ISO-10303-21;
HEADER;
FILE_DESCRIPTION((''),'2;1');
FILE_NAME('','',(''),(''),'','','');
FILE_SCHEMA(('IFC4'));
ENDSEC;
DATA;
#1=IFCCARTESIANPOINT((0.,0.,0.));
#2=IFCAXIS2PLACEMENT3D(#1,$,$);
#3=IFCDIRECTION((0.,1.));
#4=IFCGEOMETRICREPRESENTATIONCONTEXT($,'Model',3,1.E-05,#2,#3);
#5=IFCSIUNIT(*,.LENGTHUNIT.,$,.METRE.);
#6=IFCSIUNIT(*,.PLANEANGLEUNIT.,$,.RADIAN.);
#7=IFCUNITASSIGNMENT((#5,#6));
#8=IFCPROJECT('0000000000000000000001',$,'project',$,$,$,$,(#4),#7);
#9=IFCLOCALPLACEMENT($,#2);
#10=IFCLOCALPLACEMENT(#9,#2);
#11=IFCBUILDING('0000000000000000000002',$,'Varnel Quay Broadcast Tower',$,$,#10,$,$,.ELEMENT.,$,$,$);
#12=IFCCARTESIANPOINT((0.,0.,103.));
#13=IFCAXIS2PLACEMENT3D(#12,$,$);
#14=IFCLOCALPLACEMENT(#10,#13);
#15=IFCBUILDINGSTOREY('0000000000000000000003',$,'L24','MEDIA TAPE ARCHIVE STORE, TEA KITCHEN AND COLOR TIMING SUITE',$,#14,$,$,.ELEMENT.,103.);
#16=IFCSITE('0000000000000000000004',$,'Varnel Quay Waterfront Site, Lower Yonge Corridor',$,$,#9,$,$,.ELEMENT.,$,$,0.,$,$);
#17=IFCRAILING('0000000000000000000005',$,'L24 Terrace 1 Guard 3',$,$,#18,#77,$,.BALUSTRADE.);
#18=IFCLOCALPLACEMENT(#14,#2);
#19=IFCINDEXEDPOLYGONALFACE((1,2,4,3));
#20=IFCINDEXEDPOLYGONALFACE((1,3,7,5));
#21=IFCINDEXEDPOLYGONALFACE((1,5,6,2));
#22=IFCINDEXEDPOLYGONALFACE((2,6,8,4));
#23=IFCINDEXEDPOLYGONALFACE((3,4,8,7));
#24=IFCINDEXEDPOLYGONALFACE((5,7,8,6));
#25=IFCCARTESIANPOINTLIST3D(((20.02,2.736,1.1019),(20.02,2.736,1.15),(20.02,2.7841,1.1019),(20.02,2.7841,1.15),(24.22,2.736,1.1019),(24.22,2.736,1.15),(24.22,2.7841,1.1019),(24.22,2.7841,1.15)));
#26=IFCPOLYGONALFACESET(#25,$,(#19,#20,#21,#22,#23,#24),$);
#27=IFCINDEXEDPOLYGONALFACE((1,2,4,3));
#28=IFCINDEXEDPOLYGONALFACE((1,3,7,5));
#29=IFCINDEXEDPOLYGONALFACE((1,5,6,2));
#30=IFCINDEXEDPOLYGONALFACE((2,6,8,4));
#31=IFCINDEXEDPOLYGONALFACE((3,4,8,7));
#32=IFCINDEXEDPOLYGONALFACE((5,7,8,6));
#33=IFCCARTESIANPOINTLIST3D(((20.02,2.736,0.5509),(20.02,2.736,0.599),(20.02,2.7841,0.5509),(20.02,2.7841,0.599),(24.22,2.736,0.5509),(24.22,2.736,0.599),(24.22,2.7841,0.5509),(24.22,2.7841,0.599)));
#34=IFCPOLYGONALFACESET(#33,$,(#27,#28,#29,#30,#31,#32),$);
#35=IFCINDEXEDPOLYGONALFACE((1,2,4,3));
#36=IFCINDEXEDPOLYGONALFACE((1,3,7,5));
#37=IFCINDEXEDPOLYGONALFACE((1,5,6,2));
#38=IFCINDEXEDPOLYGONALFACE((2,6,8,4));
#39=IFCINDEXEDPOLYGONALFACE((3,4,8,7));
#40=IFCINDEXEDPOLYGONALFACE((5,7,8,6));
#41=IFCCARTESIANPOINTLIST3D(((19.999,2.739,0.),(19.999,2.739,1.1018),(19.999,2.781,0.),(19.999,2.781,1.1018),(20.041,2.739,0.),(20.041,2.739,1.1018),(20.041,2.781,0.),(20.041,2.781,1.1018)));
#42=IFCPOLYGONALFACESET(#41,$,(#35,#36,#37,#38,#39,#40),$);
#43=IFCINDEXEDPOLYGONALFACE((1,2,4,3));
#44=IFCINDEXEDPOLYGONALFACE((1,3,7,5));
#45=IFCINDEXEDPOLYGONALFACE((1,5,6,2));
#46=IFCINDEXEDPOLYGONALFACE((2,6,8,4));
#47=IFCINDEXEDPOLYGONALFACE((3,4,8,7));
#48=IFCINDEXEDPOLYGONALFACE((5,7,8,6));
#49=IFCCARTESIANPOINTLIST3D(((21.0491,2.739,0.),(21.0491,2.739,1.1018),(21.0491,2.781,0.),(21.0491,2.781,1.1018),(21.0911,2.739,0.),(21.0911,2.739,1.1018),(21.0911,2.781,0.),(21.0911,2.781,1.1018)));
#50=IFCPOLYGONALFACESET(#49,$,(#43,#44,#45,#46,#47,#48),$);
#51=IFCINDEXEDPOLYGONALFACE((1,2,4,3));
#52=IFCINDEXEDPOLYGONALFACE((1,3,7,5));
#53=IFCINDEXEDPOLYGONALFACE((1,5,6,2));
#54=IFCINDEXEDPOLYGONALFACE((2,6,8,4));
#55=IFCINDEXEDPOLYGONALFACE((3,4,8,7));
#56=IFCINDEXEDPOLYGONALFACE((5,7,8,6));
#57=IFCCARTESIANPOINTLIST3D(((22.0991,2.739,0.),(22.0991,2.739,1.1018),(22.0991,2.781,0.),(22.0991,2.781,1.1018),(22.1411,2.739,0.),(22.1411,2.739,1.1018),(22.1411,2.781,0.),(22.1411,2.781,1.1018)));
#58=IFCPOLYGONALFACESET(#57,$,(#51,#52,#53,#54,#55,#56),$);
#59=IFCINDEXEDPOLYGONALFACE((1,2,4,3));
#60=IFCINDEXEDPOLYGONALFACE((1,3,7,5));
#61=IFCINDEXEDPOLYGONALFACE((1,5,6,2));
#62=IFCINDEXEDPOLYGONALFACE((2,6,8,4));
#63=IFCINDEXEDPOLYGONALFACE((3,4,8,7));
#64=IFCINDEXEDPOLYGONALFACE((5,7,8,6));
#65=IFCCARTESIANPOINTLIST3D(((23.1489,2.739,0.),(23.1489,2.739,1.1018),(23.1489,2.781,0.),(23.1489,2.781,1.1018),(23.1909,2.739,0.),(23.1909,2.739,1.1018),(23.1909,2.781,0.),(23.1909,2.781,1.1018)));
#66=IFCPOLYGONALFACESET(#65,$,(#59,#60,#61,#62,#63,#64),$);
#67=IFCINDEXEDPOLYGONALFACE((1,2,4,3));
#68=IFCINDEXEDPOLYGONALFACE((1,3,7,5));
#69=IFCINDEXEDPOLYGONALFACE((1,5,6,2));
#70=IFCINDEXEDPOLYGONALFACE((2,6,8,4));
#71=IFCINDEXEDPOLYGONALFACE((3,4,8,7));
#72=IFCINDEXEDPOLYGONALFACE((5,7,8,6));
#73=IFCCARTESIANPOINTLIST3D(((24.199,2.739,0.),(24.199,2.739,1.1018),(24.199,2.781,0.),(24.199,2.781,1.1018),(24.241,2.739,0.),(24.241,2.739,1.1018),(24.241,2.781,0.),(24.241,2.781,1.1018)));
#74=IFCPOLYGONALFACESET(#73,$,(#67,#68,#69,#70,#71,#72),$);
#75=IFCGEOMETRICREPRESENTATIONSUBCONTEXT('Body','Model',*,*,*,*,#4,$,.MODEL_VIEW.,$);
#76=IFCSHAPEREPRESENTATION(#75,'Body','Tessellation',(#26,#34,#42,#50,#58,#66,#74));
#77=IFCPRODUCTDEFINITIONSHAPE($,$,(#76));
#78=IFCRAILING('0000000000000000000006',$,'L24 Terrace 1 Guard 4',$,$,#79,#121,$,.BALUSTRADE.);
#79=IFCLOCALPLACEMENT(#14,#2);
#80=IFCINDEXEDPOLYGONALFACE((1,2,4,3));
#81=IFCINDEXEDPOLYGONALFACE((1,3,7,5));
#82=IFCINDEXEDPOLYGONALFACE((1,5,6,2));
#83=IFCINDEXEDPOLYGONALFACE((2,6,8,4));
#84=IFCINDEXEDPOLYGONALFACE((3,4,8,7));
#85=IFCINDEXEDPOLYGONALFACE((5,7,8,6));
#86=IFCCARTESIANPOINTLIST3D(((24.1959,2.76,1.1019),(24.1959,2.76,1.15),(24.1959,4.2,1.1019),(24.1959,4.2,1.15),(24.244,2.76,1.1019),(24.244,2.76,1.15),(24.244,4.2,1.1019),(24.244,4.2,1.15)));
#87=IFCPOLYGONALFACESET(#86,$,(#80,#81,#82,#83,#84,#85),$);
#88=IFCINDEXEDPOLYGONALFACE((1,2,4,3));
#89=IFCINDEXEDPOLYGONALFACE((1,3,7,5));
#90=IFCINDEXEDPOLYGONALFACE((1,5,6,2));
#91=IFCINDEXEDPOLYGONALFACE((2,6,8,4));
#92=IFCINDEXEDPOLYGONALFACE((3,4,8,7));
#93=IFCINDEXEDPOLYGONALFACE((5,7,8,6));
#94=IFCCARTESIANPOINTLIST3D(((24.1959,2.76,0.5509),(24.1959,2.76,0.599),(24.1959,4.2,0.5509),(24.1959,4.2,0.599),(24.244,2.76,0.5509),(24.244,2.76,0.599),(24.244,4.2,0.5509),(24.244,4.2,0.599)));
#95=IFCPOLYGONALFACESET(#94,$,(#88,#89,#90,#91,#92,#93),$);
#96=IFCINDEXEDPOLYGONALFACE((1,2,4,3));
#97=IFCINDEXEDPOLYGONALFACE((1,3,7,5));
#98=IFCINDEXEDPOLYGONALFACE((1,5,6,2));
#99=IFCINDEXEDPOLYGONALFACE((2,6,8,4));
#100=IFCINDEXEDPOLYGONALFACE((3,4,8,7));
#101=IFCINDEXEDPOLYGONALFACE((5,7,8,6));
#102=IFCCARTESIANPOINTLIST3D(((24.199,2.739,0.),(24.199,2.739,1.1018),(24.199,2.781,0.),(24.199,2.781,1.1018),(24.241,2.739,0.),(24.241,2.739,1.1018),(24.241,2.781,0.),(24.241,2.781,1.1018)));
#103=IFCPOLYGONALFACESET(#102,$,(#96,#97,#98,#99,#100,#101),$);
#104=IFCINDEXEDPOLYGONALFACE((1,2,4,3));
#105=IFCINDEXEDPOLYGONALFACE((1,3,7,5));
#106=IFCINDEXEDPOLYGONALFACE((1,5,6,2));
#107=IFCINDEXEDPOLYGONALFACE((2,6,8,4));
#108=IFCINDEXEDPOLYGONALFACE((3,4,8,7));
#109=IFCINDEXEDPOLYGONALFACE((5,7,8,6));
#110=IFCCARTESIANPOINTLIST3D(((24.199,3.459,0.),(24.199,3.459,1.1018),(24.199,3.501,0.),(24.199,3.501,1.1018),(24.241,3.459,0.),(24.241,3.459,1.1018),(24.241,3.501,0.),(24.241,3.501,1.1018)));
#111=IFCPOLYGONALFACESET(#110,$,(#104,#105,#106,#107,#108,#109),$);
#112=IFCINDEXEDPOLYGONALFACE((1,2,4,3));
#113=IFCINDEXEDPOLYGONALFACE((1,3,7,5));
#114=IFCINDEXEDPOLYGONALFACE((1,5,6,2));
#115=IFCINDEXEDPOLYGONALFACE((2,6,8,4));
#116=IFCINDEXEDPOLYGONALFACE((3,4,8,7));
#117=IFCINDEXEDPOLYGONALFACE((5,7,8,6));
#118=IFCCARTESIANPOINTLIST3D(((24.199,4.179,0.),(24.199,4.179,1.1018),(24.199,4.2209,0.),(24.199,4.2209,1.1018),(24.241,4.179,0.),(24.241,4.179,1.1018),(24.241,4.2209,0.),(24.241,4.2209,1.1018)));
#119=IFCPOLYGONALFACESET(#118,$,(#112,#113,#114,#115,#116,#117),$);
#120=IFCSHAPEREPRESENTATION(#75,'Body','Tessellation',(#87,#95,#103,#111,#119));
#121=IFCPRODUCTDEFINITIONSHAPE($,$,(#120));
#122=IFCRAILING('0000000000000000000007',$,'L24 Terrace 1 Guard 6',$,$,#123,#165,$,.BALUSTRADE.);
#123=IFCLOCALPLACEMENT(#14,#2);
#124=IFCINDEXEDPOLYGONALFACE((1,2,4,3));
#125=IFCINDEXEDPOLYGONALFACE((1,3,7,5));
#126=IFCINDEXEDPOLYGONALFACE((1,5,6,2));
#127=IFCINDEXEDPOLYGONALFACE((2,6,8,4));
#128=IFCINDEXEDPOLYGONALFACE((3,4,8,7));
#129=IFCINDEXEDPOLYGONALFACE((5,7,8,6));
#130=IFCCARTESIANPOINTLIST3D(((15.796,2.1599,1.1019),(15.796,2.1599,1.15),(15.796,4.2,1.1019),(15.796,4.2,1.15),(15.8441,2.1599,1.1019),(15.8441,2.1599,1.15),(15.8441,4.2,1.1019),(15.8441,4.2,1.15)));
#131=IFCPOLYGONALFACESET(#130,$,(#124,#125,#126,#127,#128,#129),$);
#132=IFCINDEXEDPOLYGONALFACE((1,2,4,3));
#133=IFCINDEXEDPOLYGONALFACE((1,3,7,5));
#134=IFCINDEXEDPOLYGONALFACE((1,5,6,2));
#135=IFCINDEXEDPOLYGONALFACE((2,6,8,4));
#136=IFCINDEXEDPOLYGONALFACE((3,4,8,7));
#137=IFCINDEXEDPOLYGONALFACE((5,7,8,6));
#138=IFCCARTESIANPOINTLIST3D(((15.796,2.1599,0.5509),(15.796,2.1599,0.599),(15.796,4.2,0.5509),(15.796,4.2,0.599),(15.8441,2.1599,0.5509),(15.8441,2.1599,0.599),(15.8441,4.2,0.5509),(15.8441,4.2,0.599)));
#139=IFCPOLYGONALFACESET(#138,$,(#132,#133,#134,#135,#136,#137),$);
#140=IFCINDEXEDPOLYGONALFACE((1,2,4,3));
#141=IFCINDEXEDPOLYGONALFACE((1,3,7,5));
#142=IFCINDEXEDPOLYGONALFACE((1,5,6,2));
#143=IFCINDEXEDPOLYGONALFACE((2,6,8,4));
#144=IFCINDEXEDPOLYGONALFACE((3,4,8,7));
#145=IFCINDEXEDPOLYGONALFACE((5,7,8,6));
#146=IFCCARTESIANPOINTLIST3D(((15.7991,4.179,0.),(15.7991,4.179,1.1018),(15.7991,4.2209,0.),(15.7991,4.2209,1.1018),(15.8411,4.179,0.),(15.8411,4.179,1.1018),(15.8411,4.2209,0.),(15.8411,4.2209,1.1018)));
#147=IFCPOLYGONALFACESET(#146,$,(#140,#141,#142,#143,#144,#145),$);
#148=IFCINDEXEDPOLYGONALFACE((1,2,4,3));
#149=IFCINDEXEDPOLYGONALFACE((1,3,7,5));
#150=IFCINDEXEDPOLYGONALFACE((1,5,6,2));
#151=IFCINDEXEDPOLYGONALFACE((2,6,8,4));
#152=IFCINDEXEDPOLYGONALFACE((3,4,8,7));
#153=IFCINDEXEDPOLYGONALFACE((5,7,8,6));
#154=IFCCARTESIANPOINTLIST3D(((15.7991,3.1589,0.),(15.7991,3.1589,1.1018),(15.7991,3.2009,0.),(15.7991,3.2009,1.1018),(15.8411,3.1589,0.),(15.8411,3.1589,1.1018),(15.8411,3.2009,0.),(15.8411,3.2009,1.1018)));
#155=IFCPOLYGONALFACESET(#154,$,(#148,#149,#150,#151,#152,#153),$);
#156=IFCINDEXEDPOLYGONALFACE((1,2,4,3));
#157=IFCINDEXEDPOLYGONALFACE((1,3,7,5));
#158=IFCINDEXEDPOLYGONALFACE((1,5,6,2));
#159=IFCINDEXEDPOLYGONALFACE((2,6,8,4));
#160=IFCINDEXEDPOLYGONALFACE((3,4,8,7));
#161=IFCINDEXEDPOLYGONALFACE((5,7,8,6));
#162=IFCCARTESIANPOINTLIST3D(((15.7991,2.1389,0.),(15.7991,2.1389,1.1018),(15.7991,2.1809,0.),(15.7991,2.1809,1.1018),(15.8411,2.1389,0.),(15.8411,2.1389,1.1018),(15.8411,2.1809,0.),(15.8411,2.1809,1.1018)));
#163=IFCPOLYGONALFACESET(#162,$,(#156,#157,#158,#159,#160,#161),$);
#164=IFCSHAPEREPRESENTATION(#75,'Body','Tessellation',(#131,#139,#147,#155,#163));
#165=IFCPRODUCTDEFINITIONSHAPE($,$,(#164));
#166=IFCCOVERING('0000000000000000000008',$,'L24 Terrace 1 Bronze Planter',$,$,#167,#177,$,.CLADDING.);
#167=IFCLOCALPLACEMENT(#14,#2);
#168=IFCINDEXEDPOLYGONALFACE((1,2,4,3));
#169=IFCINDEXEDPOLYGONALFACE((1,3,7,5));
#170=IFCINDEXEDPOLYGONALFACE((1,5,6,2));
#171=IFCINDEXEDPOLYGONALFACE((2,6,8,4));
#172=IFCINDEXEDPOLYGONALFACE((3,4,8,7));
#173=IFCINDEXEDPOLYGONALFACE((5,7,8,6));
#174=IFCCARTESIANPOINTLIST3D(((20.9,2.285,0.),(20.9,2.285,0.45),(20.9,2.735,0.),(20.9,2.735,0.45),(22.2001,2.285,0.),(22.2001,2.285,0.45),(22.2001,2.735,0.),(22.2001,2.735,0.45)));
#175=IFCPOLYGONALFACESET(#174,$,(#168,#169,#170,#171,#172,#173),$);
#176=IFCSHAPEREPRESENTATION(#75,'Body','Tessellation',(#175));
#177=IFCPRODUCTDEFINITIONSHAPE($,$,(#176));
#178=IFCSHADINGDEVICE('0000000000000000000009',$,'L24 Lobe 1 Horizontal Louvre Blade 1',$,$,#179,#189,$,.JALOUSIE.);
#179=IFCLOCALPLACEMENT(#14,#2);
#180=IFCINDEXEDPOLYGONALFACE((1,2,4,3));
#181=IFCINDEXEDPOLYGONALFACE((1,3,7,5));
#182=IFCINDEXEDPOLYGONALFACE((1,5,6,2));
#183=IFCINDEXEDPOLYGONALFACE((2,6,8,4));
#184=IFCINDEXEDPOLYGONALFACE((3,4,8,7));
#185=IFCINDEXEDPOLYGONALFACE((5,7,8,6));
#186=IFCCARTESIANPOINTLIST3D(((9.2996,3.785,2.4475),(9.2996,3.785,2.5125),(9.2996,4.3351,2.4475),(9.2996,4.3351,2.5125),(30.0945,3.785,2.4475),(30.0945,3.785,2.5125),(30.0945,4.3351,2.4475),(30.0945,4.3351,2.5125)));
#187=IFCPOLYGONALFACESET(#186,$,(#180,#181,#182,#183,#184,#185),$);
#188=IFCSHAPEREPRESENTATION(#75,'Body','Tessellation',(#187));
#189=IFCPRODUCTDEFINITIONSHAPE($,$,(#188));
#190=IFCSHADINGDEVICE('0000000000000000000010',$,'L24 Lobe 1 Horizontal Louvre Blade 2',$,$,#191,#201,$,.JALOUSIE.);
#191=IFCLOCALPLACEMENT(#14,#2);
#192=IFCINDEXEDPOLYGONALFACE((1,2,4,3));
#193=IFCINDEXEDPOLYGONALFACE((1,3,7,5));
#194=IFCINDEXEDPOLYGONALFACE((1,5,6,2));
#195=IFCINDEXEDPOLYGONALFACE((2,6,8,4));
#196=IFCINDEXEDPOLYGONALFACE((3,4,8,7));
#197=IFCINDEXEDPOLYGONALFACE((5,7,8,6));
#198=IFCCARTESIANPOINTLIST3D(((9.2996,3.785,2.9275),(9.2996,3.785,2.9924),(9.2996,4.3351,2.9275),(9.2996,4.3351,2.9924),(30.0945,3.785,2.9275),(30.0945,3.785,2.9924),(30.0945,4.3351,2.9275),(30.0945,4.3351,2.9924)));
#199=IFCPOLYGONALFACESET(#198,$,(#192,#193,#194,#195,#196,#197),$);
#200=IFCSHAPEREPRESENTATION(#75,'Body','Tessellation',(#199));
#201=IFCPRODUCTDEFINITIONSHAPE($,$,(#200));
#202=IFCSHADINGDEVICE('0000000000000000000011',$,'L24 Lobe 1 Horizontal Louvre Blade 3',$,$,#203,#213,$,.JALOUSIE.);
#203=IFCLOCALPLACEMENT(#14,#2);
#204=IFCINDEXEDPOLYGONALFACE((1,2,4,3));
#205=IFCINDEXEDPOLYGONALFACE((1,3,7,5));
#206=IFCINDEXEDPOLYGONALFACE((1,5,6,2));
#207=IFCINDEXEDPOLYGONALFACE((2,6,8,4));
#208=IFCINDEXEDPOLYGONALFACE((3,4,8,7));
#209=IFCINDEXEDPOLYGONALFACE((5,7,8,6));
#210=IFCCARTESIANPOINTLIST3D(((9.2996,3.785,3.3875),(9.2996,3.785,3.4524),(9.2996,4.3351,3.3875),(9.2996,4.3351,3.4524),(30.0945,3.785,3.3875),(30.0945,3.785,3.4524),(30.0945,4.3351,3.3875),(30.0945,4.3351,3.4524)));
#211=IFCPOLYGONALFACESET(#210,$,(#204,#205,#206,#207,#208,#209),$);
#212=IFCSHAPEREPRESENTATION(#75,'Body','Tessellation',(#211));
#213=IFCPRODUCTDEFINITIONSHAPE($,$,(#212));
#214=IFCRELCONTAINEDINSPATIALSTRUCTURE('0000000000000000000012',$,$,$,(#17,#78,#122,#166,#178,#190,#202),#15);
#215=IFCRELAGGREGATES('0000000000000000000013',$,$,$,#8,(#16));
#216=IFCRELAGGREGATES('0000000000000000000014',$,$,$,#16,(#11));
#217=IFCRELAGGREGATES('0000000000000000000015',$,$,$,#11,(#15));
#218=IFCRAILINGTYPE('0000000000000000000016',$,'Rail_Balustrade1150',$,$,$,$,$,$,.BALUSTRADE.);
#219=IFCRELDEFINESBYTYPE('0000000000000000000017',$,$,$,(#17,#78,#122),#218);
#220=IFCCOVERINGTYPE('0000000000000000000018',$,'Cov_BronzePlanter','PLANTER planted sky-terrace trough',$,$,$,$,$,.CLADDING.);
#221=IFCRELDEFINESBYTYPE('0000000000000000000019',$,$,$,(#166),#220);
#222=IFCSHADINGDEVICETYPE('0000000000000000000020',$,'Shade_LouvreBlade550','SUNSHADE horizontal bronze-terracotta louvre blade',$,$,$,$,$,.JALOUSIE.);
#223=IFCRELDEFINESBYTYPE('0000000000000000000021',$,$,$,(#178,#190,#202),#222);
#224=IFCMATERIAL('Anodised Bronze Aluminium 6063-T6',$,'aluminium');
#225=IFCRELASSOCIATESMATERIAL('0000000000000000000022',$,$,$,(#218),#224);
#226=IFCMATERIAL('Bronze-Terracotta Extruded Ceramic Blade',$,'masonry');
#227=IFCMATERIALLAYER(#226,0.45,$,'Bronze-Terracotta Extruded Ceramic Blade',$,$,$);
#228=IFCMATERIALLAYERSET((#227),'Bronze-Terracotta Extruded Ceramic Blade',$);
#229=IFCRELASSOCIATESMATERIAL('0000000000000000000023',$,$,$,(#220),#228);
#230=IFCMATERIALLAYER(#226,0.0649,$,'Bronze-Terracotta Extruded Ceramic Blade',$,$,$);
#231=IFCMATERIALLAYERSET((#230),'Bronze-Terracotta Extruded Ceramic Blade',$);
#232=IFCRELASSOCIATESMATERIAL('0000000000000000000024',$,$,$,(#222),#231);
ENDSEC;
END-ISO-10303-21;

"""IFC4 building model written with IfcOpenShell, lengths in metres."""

from ifc_helpers import new_model, si_unit, direction, frame, origin, origin_2d, place, context, subcontext, project, spatial, rectangle, extrude, source, transform, mapped, material, layer, layer_set, type_object, type_shapes, element, save


model = new_model("IFC4")

# Units and contexts
model_context = context("Model", 3, precision=1e-05, world=origin(), true_north=direction((0.0, 1.0)))
body_context = subcontext(model_context, "Body", "Model", "MODEL_VIEW")
ifc_project = project(units=[si_unit("LENGTHUNIT", "METRE"), si_unit("PLANEANGLEUNIT", "RADIAN")], contexts=[model_context])

# Site, building, storey
site_placement = place(None, origin())
site = spatial("IfcSite", under=ifc_project, at=site_placement, Name="Varnel Quay Waterfront Site, Lower Yonge Corridor", CompositionType="ELEMENT", RefElevation=0.0)
building_placement = place(site_placement, origin())
building = spatial("IfcBuilding", under=site, at=building_placement, Name="Varnel Quay Broadcast Tower", CompositionType="ELEMENT")
storey_placement = place(building_placement, frame((0.0, 0.0, 103.0)))
storey = spatial("IfcBuildingStorey", under=building, at=storey_placement, Name="L24", Description="MEDIA TAPE ARCHIVE STORE, TEA KITCHEN AND COLOR TIMING SUITE", CompositionType="ELEMENT", Elevation=103.0)

# Shared definitions
ifc_material_1 = material(Name="Anodised Bronze Aluminium 6063-T6", Category="aluminium")

# Railings
railing_type = type_object("IfcRailingType", Name="Rail_Balustrade1150", PredefinedType="BALUSTRADE", material=ifc_material_1)
railing_1_placement = place(storey_placement, frame((20.02, 2.76, 0.0)))
element("IfcRailing", 1, at=railing_1_placement, inside=storey, type_object=railing_type, Name="L24 Terrace 1 Guard 3", PredefinedType="BALUSTRADE", context=body_context, shape_type="SweptSolid", body=[
    extrude(rectangle(XDim=0.0481, YDim=0.0481, at=origin_2d()), frame((0.0, 0.0, 1.126), z_axis=(1.0, 0.0, 0.0), x_axis=(0.0, 1.0, 0.0)), (0.0, 0.0, 1.0), 4.2),
    extrude(rectangle(XDim=0.0481, YDim=0.0481, at=origin_2d()), frame((0.0, 0.0, 0.575), z_axis=(1.0, 0.0, 0.0), x_axis=(0.0, 1.0, 0.0)), (0.0, 0.0, 1.0), 4.2),
    extrude(rectangle(XDim=0.042, YDim=0.042, at=origin_2d()), origin(), (0.0, 0.0, 1.0), 1.1018),
    extrude(rectangle(XDim=0.042, YDim=0.042, at=origin_2d()), frame((1.05, 0.0, 0.0)), (0.0, 0.0, 1.0), 1.1018),
    extrude(rectangle(XDim=0.042, YDim=0.042, at=origin_2d()), frame((2.1001, 0.0, 0.0)), (0.0, 0.0, 1.0), 1.1018),
    extrude(rectangle(XDim=0.042, YDim=0.042, at=origin_2d()), frame((3.1499, 0.0, 0.0)), (0.0, 0.0, 1.0), 1.1018),
    extrude(rectangle(XDim=0.042, YDim=0.042, at=origin_2d()), frame((4.2, 0.0, 0.0)), (0.0, 0.0, 1.0), 1.1018),
])
railing_2_placement = place(storey_placement, frame((24.22, 2.76, 0.0)))
element("IfcRailing", 2, at=railing_2_placement, inside=storey, type_object=railing_type, Name="L24 Terrace 1 Guard 4", PredefinedType="BALUSTRADE", context=body_context, shape_type="SweptSolid", body=[
    extrude(rectangle(XDim=0.0481, YDim=0.0481, at=origin_2d()), frame((0.0, 0.0, 1.126), z_axis=(0.0, 1.0, 0.0), x_axis=(-1.0, 0.0, 0.0)), (0.0, 0.0, 1.0), 1.4399),
    extrude(rectangle(XDim=0.0481, YDim=0.0481, at=origin_2d()), frame((0.0, 0.0, 0.575), z_axis=(0.0, 1.0, 0.0), x_axis=(-1.0, 0.0, 0.0)), (0.0, 0.0, 1.0), 1.4399),
    extrude(rectangle(XDim=0.042, YDim=0.042, at=origin_2d()), origin(), (0.0, 0.0, 1.0), 1.1018),
    extrude(rectangle(XDim=0.042, YDim=0.042, at=origin_2d()), frame((0.0, 0.72, 0.0)), (0.0, 0.0, 1.0), 1.1018),
    extrude(rectangle(XDim=0.042, YDim=0.042, at=origin_2d()), frame((0.0, 1.4399, 0.0)), (0.0, 0.0, 1.0), 1.1018),
])
railing_3_placement = place(storey_placement, frame((15.8201, 4.2, 0.0)))
element("IfcRailing", 3, at=railing_3_placement, inside=storey, type_object=railing_type, Name="L24 Terrace 1 Guard 6", PredefinedType="BALUSTRADE", context=body_context, shape_type="SweptSolid", body=[
    extrude(rectangle(XDim=0.0481, YDim=0.0481, at=origin_2d()), frame((0.0, 0.0, 1.126), z_axis=(0.0, -1.0, 0.0), x_axis=(1.0, 0.0, 0.0)), (0.0, 0.0, 1.0), 2.04),
    extrude(rectangle(XDim=0.0481, YDim=0.0481, at=origin_2d()), frame((0.0, 0.0, 0.575), z_axis=(0.0, -1.0, 0.0), x_axis=(1.0, 0.0, 0.0)), (0.0, 0.0, 1.0), 2.04),
    extrude(rectangle(XDim=0.042, YDim=0.042, at=origin_2d()), origin(), (0.0, 0.0, 1.0), 1.1018),
    extrude(rectangle(XDim=0.042, YDim=0.042, at=origin_2d()), frame((0.0, -1.02, 0.0)), (0.0, 0.0, 1.0), 1.1018),
    extrude(rectangle(XDim=0.042, YDim=0.042, at=origin_2d()), frame((0.0, -2.04, 0.0)), (0.0, 0.0, 1.0), 1.1018),
])

# Covering
ifc_material_2 = material(Name="Bronze-Terracotta Extruded Ceramic Blade", Category="masonry")
ifc_layer_1 = layer(ifc_material_2, 0.45, Name="Bronze-Terracotta Extruded Ceramic Blade")
ifc_layer_set_1 = layer_set([ifc_layer_1], Name="Bronze-Terracotta Extruded Ceramic Blade")
covering_type = type_object("IfcCoveringType", Name="Cov_BronzePlanter", Description="PLANTER planted sky-terrace trough", PredefinedType="CLADDING", material=ifc_layer_set_1)
shared_shape_1 = source(origin(), body_context, "Body", "SweptSolid", [
    extrude(rectangle(XDim=1.3, YDim=0.45, at=origin_2d()), origin(), (0.0, 0.0, 1.0), 0.45),
])
type_shapes(covering_type, [shared_shape_1])
covering_placement = place(storey_placement, frame((21.55, 2.51, 0.0), z_axis=(0.0, 0.0, 1.0), x_axis=(1.0, 0.0, 0.0)))
element("IfcCovering", 4, at=covering_placement, inside=storey, type_object=covering_type, Name="L24 Terrace 1 Bronze Planter", PredefinedType="CLADDING", context=body_context, shape_type="MappedRepresentation", body=[
    mapped(shared_shape_1, transform((0.0, 0.0, 0.0), x_axis=(1.0, 0.0, 0.0), y_axis=(0.0, 1.0, 0.0), z_axis=(0.0, 0.0, 1.0), scale=1.0)),
])

# Shading devices
ifc_layer_2 = layer(ifc_material_2, 0.0649, Name="Bronze-Terracotta Extruded Ceramic Blade")
ifc_layer_set_2 = layer_set([ifc_layer_2], Name="Bronze-Terracotta Extruded Ceramic Blade")
shading_device_type = type_object("IfcShadingDeviceType", Name="Shade_LouvreBlade550", Description="SUNSHADE horizontal bronze-terracotta louvre blade", PredefinedType="JALOUSIE", material=ifc_layer_set_2)
shared_shape_2 = source(origin(), body_context, "Body", "SweptSolid", [
    extrude(rectangle(XDim=20.7949, YDim=0.55, at=origin_2d()), origin(), (0.0, 0.0, 1.0), 0.0649),
])
type_shapes(shading_device_type, [shared_shape_2])
for number, where, z_axis, x_axis, name in (
    (5, (19.697, 4.0601, 2.4475), (0.0, 0.0, 1.0), (1.0, 0.0, 0.0), "L24 Lobe 1 Horizontal Louvre Blade 1"),
    (6, (19.697, 4.0601, 2.9275), (0.0, 0.0, 1.0), (1.0, 0.0, 0.0), "L24 Lobe 1 Horizontal Louvre Blade 2"),
    (7, (19.697, 4.0601, 3.3875), (0.0, 0.0, 1.0), (1.0, 0.0, 0.0), "L24 Lobe 1 Horizontal Louvre Blade 3"),
):
    element("IfcShadingDevice", number, at=place(storey_placement, frame(where, z_axis=z_axis, x_axis=x_axis)), inside=storey, type_object=shading_device_type, Name=name, PredefinedType="JALOUSIE", context=body_context, shape_type="MappedRepresentation", body=[
        mapped(shared_shape_2, transform((0.0, 0.0, 0.0), x_axis=(1.0, 0.0, 0.0), y_axis=(0.0, 1.0, 0.0), z_axis=(0.0, 0.0, 1.0), scale=1.0)),
    ])

save(model, "model.ifc")
